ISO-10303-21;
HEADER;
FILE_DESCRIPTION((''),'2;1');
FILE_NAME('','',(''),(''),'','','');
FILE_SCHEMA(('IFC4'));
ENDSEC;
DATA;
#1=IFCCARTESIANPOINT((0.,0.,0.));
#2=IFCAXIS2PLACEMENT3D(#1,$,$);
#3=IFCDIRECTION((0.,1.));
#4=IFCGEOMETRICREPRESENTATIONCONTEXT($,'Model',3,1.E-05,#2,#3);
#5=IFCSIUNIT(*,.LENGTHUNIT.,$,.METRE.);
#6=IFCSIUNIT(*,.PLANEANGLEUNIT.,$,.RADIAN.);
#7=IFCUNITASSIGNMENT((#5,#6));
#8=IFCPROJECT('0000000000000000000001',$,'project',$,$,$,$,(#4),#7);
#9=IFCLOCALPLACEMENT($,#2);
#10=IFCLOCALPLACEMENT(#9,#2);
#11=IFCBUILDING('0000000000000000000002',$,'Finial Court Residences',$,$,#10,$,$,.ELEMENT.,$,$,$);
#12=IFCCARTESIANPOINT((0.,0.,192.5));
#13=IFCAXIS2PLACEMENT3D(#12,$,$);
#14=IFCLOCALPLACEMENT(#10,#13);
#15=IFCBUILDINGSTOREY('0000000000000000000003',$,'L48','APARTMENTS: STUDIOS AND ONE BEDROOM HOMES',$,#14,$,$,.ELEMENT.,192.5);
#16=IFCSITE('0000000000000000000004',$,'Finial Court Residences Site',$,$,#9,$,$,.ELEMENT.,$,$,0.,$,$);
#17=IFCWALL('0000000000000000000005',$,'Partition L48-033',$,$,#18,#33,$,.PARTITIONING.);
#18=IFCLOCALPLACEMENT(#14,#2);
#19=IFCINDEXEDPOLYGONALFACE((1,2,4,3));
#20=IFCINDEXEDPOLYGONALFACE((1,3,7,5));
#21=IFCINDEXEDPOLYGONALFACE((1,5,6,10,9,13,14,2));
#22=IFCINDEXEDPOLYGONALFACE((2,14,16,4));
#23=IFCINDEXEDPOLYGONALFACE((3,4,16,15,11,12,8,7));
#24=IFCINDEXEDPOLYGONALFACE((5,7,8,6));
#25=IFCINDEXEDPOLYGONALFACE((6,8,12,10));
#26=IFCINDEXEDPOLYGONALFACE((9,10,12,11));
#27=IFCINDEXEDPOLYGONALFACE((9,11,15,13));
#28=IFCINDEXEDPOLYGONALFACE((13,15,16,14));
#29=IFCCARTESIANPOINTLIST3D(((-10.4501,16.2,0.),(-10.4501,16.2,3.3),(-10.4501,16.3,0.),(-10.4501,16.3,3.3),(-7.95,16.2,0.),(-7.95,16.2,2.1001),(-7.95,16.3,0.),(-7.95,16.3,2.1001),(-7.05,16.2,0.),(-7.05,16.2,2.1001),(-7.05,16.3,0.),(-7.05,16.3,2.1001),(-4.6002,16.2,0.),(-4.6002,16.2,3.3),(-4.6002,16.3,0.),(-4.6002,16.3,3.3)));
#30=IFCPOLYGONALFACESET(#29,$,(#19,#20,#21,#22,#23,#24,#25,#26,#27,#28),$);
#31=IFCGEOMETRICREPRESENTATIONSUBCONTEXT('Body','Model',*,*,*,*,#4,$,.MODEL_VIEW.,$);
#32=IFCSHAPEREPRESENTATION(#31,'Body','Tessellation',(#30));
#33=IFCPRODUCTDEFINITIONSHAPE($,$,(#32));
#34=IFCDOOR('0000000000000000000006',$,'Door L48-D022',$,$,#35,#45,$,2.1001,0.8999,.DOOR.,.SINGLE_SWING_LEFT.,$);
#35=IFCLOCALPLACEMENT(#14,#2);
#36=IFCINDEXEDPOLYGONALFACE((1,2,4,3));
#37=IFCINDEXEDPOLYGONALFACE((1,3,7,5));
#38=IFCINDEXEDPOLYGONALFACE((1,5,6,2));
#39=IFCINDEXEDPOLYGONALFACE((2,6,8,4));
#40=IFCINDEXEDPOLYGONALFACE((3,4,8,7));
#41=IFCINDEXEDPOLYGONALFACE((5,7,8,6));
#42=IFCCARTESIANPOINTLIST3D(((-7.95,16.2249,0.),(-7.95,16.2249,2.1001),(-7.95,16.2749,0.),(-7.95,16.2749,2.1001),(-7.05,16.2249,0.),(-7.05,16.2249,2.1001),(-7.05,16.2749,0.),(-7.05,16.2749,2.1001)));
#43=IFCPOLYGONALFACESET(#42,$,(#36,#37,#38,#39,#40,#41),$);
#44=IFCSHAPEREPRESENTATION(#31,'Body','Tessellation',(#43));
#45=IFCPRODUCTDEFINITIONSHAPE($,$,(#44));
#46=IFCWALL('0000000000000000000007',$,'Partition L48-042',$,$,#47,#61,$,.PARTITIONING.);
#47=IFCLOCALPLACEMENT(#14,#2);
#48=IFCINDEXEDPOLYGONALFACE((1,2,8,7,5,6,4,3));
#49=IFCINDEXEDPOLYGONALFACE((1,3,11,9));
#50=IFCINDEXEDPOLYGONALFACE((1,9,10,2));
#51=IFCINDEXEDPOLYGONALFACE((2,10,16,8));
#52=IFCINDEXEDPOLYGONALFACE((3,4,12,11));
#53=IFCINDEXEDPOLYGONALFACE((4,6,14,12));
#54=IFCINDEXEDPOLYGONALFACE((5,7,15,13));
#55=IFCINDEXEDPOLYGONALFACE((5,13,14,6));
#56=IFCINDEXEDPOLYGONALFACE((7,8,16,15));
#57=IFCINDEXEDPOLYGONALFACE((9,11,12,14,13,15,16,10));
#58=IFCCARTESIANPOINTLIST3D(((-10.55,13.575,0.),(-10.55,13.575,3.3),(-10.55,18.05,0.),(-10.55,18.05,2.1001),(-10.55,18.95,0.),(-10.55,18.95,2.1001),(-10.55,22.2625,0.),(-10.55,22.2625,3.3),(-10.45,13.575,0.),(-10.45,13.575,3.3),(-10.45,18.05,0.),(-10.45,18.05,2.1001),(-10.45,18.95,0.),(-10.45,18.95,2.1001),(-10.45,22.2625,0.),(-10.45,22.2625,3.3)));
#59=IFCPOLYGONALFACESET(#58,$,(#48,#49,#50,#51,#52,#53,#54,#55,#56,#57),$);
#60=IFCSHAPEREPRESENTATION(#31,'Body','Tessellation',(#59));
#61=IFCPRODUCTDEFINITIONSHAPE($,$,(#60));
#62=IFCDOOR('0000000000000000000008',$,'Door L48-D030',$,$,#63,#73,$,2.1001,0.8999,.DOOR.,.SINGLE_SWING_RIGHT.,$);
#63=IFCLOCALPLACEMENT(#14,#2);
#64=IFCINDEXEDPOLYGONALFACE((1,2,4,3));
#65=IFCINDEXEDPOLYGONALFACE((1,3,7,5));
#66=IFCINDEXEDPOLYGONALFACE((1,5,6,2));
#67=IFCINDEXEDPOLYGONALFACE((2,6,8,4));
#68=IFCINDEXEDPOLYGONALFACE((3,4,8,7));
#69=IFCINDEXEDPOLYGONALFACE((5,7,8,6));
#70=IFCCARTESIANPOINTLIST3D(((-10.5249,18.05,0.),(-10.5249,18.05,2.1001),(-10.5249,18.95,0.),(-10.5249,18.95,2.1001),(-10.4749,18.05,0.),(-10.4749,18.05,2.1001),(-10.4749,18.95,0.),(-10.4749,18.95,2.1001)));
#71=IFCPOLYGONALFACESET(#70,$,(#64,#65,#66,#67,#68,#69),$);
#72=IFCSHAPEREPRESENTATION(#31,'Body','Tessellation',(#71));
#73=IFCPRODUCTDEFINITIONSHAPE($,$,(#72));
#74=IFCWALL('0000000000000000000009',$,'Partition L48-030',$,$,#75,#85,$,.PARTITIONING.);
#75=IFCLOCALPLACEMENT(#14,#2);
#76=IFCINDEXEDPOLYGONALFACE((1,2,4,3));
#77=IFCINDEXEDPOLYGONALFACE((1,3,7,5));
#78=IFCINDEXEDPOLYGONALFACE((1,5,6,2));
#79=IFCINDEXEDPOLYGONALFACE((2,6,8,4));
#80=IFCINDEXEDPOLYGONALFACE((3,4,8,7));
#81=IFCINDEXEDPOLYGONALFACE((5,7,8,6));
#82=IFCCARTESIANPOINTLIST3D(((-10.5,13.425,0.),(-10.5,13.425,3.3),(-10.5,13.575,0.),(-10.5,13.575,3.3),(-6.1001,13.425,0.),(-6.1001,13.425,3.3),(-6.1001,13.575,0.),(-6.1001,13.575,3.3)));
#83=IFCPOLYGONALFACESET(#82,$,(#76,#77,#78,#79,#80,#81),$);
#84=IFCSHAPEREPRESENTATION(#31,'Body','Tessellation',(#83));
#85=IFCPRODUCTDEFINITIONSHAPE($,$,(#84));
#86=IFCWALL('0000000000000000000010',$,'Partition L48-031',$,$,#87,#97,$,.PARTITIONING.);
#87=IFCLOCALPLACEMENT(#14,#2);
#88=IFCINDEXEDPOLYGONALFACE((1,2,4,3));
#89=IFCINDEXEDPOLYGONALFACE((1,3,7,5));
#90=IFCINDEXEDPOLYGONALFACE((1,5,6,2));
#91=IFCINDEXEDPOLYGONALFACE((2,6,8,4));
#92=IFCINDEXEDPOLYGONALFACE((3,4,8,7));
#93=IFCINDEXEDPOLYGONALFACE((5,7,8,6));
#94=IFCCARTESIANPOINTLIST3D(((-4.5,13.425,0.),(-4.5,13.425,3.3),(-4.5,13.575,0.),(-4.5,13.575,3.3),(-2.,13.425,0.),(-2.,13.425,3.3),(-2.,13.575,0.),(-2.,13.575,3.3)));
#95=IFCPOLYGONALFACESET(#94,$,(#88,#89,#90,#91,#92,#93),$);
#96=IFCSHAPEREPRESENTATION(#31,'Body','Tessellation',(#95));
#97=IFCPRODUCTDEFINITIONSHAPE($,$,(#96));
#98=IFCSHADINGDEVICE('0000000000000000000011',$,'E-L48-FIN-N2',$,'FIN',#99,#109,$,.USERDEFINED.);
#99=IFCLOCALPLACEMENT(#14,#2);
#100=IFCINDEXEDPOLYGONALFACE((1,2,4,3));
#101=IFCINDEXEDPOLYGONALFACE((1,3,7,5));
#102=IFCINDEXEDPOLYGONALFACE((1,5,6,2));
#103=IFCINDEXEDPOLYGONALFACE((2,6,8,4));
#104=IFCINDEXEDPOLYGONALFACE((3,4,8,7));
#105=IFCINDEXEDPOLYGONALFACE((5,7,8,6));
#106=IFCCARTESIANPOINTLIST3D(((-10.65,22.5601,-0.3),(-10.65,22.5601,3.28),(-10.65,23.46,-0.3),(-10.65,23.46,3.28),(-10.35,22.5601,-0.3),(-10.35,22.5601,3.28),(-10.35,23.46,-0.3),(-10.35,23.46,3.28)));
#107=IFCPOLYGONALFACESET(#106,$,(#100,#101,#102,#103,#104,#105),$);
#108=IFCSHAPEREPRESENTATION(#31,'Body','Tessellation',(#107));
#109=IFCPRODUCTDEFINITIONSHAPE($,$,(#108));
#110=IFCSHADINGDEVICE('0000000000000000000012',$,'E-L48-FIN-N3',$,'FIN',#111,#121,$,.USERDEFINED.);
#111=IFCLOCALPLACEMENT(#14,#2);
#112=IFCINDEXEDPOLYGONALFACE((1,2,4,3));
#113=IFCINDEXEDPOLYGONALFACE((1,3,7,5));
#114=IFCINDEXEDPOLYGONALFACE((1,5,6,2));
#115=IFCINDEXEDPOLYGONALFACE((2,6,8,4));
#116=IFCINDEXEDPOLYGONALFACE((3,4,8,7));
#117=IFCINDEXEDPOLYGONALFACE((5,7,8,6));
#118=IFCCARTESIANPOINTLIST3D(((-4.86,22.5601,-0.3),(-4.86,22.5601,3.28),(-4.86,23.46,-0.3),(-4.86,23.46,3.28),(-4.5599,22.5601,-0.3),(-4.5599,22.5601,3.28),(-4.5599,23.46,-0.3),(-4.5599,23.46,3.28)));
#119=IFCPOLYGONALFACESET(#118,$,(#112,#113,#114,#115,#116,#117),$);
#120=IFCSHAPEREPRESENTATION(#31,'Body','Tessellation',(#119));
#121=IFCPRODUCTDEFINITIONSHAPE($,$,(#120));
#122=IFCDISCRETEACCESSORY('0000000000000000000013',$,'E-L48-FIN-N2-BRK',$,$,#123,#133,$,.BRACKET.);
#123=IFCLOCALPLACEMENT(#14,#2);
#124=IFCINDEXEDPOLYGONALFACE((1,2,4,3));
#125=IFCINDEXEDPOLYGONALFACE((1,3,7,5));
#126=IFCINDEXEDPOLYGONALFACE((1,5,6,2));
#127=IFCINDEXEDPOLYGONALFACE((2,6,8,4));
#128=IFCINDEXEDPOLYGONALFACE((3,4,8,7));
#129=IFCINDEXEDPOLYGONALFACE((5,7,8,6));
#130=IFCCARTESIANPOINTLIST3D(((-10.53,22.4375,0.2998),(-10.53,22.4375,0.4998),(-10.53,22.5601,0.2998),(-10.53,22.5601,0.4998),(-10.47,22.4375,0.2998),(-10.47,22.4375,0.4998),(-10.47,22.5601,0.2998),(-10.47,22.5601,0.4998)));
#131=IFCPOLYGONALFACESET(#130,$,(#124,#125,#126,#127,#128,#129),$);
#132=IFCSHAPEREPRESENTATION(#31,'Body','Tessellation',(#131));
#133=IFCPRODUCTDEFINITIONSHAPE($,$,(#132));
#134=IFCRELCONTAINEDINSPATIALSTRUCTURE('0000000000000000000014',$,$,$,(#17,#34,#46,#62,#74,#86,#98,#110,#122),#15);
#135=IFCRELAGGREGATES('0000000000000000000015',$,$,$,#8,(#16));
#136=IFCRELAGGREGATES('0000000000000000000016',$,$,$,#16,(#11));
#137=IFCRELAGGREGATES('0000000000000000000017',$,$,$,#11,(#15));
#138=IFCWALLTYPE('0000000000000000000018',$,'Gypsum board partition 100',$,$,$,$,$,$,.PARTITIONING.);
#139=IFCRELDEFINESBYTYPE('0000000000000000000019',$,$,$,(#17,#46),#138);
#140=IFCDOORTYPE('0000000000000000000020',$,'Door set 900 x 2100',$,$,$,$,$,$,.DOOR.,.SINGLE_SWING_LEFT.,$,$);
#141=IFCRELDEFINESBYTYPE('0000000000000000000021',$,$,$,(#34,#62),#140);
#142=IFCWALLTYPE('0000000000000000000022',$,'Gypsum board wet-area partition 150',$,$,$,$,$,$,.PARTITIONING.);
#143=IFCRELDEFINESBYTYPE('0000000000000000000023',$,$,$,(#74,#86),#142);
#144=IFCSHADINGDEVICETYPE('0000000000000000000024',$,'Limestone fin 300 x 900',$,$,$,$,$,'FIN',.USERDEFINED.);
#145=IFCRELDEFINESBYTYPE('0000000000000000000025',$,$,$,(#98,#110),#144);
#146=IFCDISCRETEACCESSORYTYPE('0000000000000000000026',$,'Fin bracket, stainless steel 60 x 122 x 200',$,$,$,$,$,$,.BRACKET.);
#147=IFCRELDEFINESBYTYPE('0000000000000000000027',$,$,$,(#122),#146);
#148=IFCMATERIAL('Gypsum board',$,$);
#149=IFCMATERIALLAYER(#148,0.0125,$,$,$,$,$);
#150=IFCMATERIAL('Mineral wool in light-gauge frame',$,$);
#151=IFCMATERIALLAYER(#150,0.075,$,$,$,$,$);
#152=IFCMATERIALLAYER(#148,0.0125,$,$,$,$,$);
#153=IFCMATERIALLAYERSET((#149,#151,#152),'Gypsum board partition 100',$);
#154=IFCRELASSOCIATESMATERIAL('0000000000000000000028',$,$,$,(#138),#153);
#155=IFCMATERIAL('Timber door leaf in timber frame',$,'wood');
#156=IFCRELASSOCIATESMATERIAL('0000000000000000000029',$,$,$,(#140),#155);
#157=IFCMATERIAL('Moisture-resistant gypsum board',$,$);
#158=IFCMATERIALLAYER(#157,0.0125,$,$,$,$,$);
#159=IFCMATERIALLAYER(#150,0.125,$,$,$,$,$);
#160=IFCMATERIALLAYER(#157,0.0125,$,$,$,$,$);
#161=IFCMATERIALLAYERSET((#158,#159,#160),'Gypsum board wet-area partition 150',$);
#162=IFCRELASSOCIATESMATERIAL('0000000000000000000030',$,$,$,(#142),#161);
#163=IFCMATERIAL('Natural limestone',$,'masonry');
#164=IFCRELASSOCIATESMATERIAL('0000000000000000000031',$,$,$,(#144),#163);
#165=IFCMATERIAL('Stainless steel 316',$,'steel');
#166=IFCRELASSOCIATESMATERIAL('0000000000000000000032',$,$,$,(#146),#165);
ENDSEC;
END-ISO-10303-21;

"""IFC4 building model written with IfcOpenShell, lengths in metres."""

from ifc_helpers import new_model, si_unit, direction, frame, frame_2d, origin, origin_2d, place, context, subcontext, project, spatial, rectangle, extrude, material, layer, layer_set, type_object, element, fill, save


model = new_model("IFC4")

# Units and contexts
model_context = context("Model", 3, precision=1e-05, world=origin(), true_north=direction((0.0, 1.0)))
body_context = subcontext(model_context, "Body", "Model", "MODEL_VIEW")
ifc_project = project(units=[si_unit("LENGTHUNIT", "METRE"), si_unit("PLANEANGLEUNIT", "RADIAN")], contexts=[model_context])

# Site, building, storey
site_placement = place(None, origin())
site = spatial("IfcSite", under=ifc_project, at=site_placement, Name="Finial Court Residences Site", CompositionType="ELEMENT", RefElevation=0.0)
building_placement = place(site_placement, origin())
building = spatial("IfcBuilding", under=site, at=building_placement, Name="Finial Court Residences", CompositionType="ELEMENT")
storey_placement = place(building_placement, frame((0.0, 0.0, 192.5)))
storey = spatial("IfcBuildingStorey", under=building, at=storey_placement, Name="L48", Description="APARTMENTS: STUDIOS AND ONE BEDROOM HOMES", CompositionType="ELEMENT", Elevation=192.5)

# Shared definitions
ifc_material_1 = material(Name="Gypsum board")
ifc_layer_1 = layer(ifc_material_1, 0.0125)
ifc_material_2 = material(Name="Mineral wool in light-gauge frame")
ifc_layer_2 = layer(ifc_material_2, 0.075)
ifc_layer_3 = layer(ifc_material_1, 0.0125)
ifc_layer_set_1 = layer_set([ifc_layer_1, ifc_layer_2, ifc_layer_3], Name="Gypsum board partition 100")
wall_type_1 = type_object("IfcWallType", Name="Gypsum board partition 100", PredefinedType="PARTITIONING", material=ifc_layer_set_1)

# Walls, openings, doors
wall_1_placement = place(storey_placement, frame((-10.45, 16.25, 0.0), z_axis=(0.0, 0.0, 1.0), x_axis=(1.0, 0.0, 0.0)))
wall_1 = element("IfcWall", 1, at=wall_1_placement, inside=storey, type_object=wall_type_1, Name="Partition L48-033", PredefinedType="PARTITIONING", context=body_context, shape_type="SweptSolid", body=[
    extrude(rectangle(XDim=5.8499, YDim=0.1001, at=frame_2d((2.9248, 0.0))), origin(), (0.0, 0.0, 1.0), 3.3),
])
opening_1_placement = place(wall_1_placement, frame((2.5, 0.0, 0.0)))
opening_1 = element("IfcOpeningElement", 2, at=opening_1_placement, cuts=wall_1, PredefinedType="OPENING", context=body_context, shape_type="SweptSolid", body=[
    extrude(rectangle(XDim=0.8999, YDim=2.1001, at=frame_2d((0.45, 1.05))), frame((0.0, 0.0601, 0.0), z_axis=(0.0, -1.0, 0.0), x_axis=(1.0, 0.0, 0.0)), (0.0, 0.0, 1.0), 0.1201),
])
ifc_material_3 = material(Name="Timber door leaf in timber frame", Category="wood")
door_type = type_object("IfcDoorType", Name="Door set 900 x 2100", OperationType="SINGLE_SWING_LEFT", PredefinedType="DOOR", material=ifc_material_3)
door_1_placement = place(opening_1_placement, origin())
door_1 = element("IfcDoor", 3, at=door_1_placement, inside=storey, type_object=door_type, Name="Door L48-D022", OperationType="SINGLE_SWING_LEFT", OverallHeight=2.1001, OverallWidth=0.8999, PredefinedType="DOOR", context=body_context, shape_type="SweptSolid", body=[
    extrude(rectangle(XDim=0.8999, YDim=2.1001, at=frame_2d((0.45, 1.05))), frame((0.0, 0.0249, 0.0), z_axis=(0.0, -1.0, 0.0), x_axis=(1.0, 0.0, 0.0)), (0.0, 0.0, 1.0), 0.05),
])
fill(opening_1, door_1)
wall_2_placement = place(storey_placement, frame((-10.5, 13.575, 0.0), z_axis=(0.0, 0.0, 1.0), x_axis=(0.0, 1.0, 0.0)))
wall_2 = element("IfcWall", 4, at=wall_2_placement, inside=storey, type_object=wall_type_1, Name="Partition L48-042", PredefinedType="PARTITIONING", context=body_context, shape_type="SweptSolid", body=[
    extrude(rectangle(XDim=8.6875, YDim=0.1001, at=frame_2d((4.3438, 0.0))), origin(), (0.0, 0.0, 1.0), 3.3),
])
opening_2_placement = place(wall_2_placement, frame((4.4751, 0.0, 0.0)))
opening_2 = element("IfcOpeningElement", 5, at=opening_2_placement, cuts=wall_2, PredefinedType="OPENING", context=body_context, shape_type="SweptSolid", body=[
    extrude(rectangle(XDim=0.8999, YDim=2.1001, at=frame_2d((0.45, 1.05))), frame((0.0, 0.0601, 0.0), z_axis=(0.0, -1.0, 0.0), x_axis=(1.0, 0.0, 0.0)), (0.0, 0.0, 1.0), 0.1201),
])
door_2_placement = place(opening_2_placement, origin())
door_2 = element("IfcDoor", 6, at=door_2_placement, inside=storey, type_object=door_type, Name="Door L48-D030", OperationType="SINGLE_SWING_RIGHT", OverallHeight=2.1001, OverallWidth=0.8999, PredefinedType="DOOR", context=body_context, shape_type="SweptSolid", body=[
    extrude(rectangle(XDim=0.8999, YDim=2.1001, at=frame_2d((0.45, 1.05))), frame((0.0, 0.0249, 0.0), z_axis=(0.0, -1.0, 0.0), x_axis=(1.0, 0.0, 0.0)), (0.0, 0.0, 1.0), 0.05),
])
fill(opening_2, door_2)

# Walls
ifc_material_4 = material(Name="Moisture-resistant gypsum board")
ifc_layer_4 = layer(ifc_material_4, 0.0125)
ifc_layer_5 = layer(ifc_material_2, 0.125)
ifc_layer_6 = layer(ifc_material_4, 0.0125)
ifc_layer_set_2 = layer_set([ifc_layer_4, ifc_layer_5, ifc_layer_6], Name="Gypsum board wet-area partition 150")
wall_type_2 = type_object("IfcWallType", Name="Gypsum board wet-area partition 150", PredefinedType="PARTITIONING", material=ifc_layer_set_2)
wall_3_placement = place(storey_placement, frame((-10.5, 13.5, 0.0), z_axis=(0.0, 0.0, 1.0), x_axis=(1.0, 0.0, 0.0)))
element("IfcWall", 7, at=wall_3_placement, inside=storey, type_object=wall_type_2, Name="Partition L48-030", PredefinedType="PARTITIONING", context=body_context, shape_type="SweptSolid", body=[
    extrude(rectangle(XDim=4.3999, YDim=0.1499, at=frame_2d((2.2, 0.0))), origin(), (0.0, 0.0, 1.0), 3.3),
])
wall_4_placement = place(storey_placement, frame((-4.5, 13.5, 0.0), z_axis=(0.0, 0.0, 1.0), x_axis=(1.0, 0.0, 0.0)))
element("IfcWall", 8, at=wall_4_placement, inside=storey, type_object=wall_type_2, Name="Partition L48-031", PredefinedType="PARTITIONING", context=body_context, shape_type="SweptSolid", body=[
    extrude(rectangle(XDim=2.5, YDim=0.1499, at=frame_2d((1.25, 0.0))), origin(), (0.0, 0.0, 1.0), 3.3),
])

# Shading devices
ifc_material_5 = material(Name="Natural limestone", Category="masonry")
shading_device_type = type_object("IfcShadingDeviceType", Name="Limestone fin 300 x 900", ElementType="FIN", PredefinedType="USERDEFINED", material=ifc_material_5)
for number, where, z_axis, x_axis, name in (
    (9, (-10.5, 23.01, -0.3), (0.0, 0.0, 1.0), (1.0, 0.0, 0.0), "E-L48-FIN-N2"),
    (10, (-4.71, 23.01, -0.3), (0.0, 0.0, 1.0), (1.0, 0.0, 0.0), "E-L48-FIN-N3"),
):
    element("IfcShadingDevice", number, at=place(storey_placement, frame(where, z_axis=z_axis, x_axis=x_axis)), inside=storey, type_object=shading_device_type, Name=name, ObjectType="FIN", PredefinedType="USERDEFINED", context=body_context, shape_type="SweptSolid", body=[
        extrude(rectangle(XDim=0.3, YDim=0.8999, at=origin_2d()), origin(), (0.0, 0.0, 1.0), 3.5801),
    ])

# Discrete accessory
ifc_material_6 = material(Name="Stainless steel 316", Category="steel")
discrete_accessory_type = type_object("IfcDiscreteAccessoryType", Name="Fin bracket, stainless steel 60 x 122 x 200", PredefinedType="BRACKET", material=ifc_material_6)
discrete_accessory_placement = place(storey_placement, frame((-10.5, 22.4988, 0.2998), z_axis=(0.0, 0.0, 1.0), x_axis=(1.0, 0.0, 0.0)))
element("IfcDiscreteAccessory", 11, at=discrete_accessory_placement, inside=storey, type_object=discrete_accessory_type, Name="E-L48-FIN-N2-BRK", PredefinedType="BRACKET", context=body_context, shape_type="SweptSolid", body=[
    extrude(rectangle(XDim=0.0601, YDim=0.1226, at=origin_2d()), origin(), (0.0, 0.0, 1.0), 0.2),
])

save(model, "model.ifc")
